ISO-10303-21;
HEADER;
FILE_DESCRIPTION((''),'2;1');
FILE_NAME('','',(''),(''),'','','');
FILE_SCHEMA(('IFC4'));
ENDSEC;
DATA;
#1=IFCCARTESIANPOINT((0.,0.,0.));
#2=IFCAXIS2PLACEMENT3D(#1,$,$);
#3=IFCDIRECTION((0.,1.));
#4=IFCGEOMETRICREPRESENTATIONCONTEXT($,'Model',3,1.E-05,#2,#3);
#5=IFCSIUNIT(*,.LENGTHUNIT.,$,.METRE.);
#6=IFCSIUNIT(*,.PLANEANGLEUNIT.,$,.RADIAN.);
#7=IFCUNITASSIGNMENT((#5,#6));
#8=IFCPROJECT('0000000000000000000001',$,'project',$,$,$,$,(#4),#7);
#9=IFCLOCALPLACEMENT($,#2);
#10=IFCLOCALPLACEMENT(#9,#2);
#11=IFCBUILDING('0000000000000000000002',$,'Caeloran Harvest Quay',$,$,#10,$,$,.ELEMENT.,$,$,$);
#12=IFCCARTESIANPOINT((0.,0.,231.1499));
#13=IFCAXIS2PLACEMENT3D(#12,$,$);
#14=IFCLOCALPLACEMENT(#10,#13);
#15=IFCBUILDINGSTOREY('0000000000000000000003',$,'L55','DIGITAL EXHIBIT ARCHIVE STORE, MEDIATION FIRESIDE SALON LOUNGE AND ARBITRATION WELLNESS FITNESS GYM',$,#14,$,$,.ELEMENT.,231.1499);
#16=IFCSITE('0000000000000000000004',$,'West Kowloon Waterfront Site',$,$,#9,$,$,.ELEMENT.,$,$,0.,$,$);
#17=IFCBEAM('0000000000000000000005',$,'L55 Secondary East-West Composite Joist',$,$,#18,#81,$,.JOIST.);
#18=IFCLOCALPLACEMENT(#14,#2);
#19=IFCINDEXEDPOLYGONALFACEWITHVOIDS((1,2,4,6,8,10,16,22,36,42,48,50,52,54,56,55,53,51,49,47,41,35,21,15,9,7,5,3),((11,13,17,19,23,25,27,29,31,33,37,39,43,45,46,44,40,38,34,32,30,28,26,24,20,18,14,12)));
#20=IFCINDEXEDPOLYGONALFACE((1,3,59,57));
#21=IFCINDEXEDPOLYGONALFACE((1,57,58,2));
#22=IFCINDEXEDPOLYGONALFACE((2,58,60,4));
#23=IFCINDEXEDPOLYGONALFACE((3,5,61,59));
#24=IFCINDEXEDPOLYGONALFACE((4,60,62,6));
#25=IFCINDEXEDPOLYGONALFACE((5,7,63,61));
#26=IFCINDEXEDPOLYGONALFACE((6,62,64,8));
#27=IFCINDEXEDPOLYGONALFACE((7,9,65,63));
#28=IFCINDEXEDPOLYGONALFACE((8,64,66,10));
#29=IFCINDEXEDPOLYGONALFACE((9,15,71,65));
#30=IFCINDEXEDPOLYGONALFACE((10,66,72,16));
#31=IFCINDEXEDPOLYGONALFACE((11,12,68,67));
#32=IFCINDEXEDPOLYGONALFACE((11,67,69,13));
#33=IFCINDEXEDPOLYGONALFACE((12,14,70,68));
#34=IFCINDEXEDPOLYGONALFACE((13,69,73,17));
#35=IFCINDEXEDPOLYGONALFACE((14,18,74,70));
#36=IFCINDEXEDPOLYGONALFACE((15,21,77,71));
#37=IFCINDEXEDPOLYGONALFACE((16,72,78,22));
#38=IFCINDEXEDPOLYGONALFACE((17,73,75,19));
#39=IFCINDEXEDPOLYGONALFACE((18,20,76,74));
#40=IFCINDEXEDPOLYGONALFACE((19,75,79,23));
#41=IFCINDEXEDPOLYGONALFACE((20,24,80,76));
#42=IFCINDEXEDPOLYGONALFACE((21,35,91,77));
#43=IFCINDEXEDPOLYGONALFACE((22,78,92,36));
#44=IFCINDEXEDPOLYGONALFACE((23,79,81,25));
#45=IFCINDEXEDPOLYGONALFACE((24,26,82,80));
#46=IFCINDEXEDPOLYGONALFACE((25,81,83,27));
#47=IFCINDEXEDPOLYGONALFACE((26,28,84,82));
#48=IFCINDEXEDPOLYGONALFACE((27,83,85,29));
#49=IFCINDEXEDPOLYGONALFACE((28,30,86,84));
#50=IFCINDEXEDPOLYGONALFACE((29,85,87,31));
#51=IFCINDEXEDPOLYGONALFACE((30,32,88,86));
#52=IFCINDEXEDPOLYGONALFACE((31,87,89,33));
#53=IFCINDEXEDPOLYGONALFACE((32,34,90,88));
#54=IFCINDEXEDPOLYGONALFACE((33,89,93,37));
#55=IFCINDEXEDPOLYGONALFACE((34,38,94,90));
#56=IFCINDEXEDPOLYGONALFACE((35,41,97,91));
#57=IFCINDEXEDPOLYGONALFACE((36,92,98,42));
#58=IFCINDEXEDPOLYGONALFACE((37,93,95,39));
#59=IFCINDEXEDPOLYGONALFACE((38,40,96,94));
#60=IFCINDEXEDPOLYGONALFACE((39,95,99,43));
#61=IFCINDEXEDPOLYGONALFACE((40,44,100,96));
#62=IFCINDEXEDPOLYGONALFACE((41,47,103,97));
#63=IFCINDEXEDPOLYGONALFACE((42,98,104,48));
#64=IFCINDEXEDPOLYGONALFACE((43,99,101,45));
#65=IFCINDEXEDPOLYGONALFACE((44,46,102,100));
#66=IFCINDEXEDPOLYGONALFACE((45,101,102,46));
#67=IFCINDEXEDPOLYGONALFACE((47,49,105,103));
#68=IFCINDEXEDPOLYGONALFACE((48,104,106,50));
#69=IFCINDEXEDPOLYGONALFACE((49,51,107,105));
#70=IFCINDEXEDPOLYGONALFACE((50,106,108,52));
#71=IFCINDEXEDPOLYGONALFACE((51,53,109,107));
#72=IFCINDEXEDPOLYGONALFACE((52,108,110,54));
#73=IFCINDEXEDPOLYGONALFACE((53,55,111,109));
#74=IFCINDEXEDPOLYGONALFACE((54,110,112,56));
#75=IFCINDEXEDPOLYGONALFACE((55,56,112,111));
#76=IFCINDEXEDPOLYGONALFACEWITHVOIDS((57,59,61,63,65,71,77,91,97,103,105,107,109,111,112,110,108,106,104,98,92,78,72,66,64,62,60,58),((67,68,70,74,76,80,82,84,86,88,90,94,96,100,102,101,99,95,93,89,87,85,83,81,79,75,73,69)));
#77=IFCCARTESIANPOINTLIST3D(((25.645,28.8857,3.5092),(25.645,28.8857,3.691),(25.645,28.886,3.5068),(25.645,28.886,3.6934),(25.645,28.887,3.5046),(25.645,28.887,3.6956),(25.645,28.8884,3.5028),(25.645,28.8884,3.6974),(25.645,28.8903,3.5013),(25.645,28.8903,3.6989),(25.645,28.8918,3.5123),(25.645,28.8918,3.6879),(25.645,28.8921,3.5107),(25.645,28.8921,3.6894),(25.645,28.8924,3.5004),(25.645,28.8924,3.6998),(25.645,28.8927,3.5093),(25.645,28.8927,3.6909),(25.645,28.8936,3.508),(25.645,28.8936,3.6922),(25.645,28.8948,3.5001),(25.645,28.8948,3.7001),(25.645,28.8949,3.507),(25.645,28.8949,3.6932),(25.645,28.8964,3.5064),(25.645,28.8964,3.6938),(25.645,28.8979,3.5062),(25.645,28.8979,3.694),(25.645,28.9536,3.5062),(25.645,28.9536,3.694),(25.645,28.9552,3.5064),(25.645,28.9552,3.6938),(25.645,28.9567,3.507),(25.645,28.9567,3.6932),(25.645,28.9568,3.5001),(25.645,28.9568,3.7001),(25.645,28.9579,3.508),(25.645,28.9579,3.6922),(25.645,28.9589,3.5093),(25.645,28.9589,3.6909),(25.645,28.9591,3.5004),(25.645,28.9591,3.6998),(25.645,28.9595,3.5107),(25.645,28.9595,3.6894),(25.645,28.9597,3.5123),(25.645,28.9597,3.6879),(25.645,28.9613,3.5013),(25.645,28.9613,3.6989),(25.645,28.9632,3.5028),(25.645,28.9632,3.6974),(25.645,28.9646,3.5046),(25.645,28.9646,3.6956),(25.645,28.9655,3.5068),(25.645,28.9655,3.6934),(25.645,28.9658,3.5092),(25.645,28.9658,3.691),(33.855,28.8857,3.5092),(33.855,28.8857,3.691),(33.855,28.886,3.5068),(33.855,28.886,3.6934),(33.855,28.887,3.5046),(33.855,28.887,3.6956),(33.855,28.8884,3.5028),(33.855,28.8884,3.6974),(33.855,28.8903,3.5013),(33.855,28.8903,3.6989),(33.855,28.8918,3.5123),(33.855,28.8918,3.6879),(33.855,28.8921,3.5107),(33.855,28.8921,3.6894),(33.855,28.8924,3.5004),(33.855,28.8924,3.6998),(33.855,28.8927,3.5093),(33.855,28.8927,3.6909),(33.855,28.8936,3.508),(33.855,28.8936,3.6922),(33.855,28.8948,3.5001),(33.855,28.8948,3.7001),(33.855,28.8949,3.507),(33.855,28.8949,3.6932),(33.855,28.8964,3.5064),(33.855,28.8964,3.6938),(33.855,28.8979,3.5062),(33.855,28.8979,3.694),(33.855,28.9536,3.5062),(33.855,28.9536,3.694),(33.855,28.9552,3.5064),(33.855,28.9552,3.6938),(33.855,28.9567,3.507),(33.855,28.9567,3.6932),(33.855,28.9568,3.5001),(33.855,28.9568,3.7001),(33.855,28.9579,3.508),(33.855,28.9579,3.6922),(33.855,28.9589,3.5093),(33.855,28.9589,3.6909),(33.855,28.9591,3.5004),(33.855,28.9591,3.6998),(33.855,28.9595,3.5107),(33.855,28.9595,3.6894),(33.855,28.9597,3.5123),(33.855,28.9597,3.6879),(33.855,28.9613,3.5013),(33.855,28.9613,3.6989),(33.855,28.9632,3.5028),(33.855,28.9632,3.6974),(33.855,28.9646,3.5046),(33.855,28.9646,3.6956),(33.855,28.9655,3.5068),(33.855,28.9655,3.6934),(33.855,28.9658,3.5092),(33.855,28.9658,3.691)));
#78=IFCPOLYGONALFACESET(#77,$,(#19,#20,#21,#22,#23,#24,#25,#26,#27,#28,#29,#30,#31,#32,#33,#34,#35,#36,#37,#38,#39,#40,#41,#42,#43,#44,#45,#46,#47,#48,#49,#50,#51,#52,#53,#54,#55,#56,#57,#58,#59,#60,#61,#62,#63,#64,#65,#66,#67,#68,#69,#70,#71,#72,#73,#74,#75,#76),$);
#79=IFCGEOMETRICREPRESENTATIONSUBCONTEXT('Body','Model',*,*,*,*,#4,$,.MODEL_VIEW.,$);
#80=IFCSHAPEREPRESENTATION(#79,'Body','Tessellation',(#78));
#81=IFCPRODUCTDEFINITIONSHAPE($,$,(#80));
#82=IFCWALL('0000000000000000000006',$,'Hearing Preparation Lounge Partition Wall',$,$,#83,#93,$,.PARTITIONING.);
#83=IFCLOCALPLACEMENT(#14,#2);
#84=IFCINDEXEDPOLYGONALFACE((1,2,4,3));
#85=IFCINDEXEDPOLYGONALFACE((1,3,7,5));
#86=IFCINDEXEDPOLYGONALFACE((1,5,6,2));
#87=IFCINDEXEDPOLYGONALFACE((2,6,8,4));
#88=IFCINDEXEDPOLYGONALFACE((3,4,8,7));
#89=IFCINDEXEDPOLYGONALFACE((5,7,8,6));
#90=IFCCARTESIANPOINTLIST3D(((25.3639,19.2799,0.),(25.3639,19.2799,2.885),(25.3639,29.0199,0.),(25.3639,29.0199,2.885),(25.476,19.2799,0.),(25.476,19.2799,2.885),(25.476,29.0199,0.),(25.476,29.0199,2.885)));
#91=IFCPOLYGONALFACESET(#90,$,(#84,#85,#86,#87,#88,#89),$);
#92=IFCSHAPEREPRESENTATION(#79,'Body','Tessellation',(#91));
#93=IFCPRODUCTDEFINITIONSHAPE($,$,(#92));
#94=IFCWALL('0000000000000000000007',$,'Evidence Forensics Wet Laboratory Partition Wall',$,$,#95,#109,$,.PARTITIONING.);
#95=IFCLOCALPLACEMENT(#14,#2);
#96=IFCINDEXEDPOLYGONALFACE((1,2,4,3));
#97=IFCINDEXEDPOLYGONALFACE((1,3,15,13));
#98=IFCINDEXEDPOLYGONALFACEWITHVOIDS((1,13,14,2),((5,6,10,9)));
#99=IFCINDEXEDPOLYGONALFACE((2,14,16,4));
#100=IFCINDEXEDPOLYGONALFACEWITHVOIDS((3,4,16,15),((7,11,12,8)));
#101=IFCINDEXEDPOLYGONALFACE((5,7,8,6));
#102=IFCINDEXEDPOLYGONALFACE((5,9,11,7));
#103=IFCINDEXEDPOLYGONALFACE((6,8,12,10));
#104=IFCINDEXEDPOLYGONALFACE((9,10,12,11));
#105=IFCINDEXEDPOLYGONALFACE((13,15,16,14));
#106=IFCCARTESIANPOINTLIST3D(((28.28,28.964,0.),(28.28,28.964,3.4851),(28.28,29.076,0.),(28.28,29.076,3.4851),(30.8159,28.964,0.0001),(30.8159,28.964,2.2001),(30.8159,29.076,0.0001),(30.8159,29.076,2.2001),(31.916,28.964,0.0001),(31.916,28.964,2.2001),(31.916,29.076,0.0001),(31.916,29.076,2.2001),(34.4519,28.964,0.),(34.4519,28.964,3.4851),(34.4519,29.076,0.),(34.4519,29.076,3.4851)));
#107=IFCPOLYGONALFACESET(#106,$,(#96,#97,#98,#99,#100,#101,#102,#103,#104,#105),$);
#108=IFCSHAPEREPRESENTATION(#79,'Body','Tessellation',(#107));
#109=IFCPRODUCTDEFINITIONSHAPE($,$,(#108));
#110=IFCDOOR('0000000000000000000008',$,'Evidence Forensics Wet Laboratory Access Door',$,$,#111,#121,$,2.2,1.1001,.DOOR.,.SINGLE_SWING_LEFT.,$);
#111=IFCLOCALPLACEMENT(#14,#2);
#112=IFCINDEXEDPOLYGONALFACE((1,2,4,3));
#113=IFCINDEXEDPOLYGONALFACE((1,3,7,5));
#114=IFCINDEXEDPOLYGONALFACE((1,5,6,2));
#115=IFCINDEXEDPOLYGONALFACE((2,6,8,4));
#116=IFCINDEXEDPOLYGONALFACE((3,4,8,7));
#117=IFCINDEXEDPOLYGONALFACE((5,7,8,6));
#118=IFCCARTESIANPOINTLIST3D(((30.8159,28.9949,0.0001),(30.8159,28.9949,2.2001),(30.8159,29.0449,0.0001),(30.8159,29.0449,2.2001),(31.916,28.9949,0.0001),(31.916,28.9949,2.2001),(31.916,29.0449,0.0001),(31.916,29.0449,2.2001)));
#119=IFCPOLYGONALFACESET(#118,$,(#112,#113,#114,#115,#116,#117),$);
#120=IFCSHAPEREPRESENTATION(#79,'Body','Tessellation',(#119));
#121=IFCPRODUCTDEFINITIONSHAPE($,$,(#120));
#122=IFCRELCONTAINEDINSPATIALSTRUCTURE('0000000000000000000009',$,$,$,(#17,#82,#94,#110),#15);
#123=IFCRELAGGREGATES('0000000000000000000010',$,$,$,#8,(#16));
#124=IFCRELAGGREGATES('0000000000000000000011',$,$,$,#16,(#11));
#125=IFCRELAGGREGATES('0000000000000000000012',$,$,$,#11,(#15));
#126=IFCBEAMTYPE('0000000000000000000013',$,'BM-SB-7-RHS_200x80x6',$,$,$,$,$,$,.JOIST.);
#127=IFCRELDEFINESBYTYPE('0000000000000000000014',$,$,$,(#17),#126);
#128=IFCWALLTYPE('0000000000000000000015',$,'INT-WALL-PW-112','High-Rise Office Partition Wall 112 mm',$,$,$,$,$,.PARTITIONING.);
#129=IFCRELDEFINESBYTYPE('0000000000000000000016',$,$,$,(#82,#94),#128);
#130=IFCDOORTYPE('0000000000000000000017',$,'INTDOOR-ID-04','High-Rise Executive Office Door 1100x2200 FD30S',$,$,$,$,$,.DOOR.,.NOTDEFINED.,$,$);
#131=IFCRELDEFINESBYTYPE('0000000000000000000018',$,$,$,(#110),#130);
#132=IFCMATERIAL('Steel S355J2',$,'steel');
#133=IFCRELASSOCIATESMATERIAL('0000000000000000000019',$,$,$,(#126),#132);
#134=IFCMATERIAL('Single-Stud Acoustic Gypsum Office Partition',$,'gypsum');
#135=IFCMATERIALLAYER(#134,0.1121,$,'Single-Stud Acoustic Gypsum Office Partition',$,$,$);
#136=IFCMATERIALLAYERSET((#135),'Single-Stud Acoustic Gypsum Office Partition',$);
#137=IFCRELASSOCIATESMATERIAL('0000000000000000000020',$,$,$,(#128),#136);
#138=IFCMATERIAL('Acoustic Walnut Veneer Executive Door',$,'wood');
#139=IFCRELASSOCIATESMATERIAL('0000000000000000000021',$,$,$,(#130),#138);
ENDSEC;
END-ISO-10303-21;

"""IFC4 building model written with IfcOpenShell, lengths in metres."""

from ifc_helpers import new_model, si_unit, direction, frame, frame_2d, origin, origin_2d, place, context, subcontext, project, spatial, rectangle, hollow_rectangle, extrude, material, layer, layer_set, material_profile, profile_set, type_object, element, fill, save


model = new_model("IFC4")

# Units and contexts
model_context = context("Model", 3, precision=1e-05, world=origin(), true_north=direction((0.0, 1.0)))
body_context = subcontext(model_context, "Body", "Model", "MODEL_VIEW")
ifc_project = project(units=[si_unit("LENGTHUNIT", "METRE"), si_unit("PLANEANGLEUNIT", "RADIAN")], contexts=[model_context])

# Site, building, storey
site_placement = place(None, origin())
site = spatial("IfcSite", under=ifc_project, at=site_placement, Name="West Kowloon Waterfront Site", CompositionType="ELEMENT", RefElevation=0.0)
building_placement = place(site_placement, origin())
building = spatial("IfcBuilding", under=site, at=building_placement, Name="Caeloran Harvest Quay", CompositionType="ELEMENT")
storey_placement = place(building_placement, frame((0.0, 0.0, 231.1499)))
storey = spatial("IfcBuildingStorey", under=building, at=storey_placement, Name="L55", Description="DIGITAL EXHIBIT ARCHIVE STORE, MEDIATION FIRESIDE SALON LOUNGE AND ARBITRATION WELLNESS FITNESS GYM", CompositionType="ELEMENT", Elevation=231.1499)

# Beam
ifc_material_1 = material(Name="Steel S355J2", Category="steel")
ifc_material_profile_1 = material_profile(ifc_material_1, hollow_rectangle(XDim=0.0801, YDim=0.2, WallThickness=0.0061, InnerFilletRadius=0.0061, OuterFilletRadius=0.009, at=origin_2d()), Name="RHS 200x80x6")
ifc_profile_set_1 = profile_set([ifc_material_profile_1], Name="Steel S355J2")
beam_type_1 = type_object("IfcBeamType", Name="BM-SB-7-RHS_200x80x6", PredefinedType="JOIST", material=ifc_profile_set_1)
for number, where, z_axis, x_axis, name in (
    (1, (25.645, 28.9258, 3.6001), (1.0, 0.0, 0.0), (0.0, 1.0, 0.0), "L55 Secondary East-West Composite Joist"),
):
    element("IfcBeam", number, at=place(storey_placement, frame(where, z_axis=z_axis, x_axis=x_axis)), inside=storey, type_object=beam_type_1, Name=name, PredefinedType="JOIST", context=body_context, shape_type="SweptSolid", body=[
        extrude(hollow_rectangle(XDim=0.0801, YDim=0.2, WallThickness=0.0061, InnerFilletRadius=0.0061, OuterFilletRadius=0.009, at=origin_2d()), origin(), (0.0, 0.0, 1.0), 8.21),
    ])

# Wall
ifc_material_2 = material(Name="Single-Stud Acoustic Gypsum Office Partition", Category="gypsum")
ifc_layer = layer(ifc_material_2, 0.1121, Name="Single-Stud Acoustic Gypsum Office Partition")
ifc_layer_set = layer_set([ifc_layer], Name="Single-Stud Acoustic Gypsum Office Partition")
wall_type = type_object("IfcWallType", Name="INT-WALL-PW-112", Description="High-Rise Office Partition Wall 112 mm", PredefinedType="PARTITIONING", material=ifc_layer_set)
wall_1_placement = place(storey_placement, frame((25.4199, 29.02, 0.0), z_axis=(0.0, 0.0, 1.0), x_axis=(0.0, -1.0, 0.0)))
element("IfcWall", 2, at=wall_1_placement, inside=storey, type_object=wall_type, Name="Hearing Preparation Lounge Partition Wall", PredefinedType="PARTITIONING", context=body_context, shape_type="SweptSolid", body=[
    extrude(rectangle(XDim=9.74, YDim=0.1121, at=frame_2d((4.8701, 0.0))), origin(), (0.0, 0.0, 1.0), 2.885),
])

# Wall, opening, door
wall_2_placement = place(storey_placement, frame((28.28, 29.02, 0.0), z_axis=(0.0, 0.0, 1.0), x_axis=(1.0, 0.0, 0.0)))
wall_2 = element("IfcWall", 3, at=wall_2_placement, inside=storey, type_object=wall_type, Name="Evidence Forensics Wet Laboratory Partition Wall", PredefinedType="PARTITIONING", context=body_context, shape_type="SweptSolid", body=[
    extrude(rectangle(XDim=6.1719, YDim=0.1121, at=frame_2d((3.0859, 0.0))), origin(), (0.0, 0.0, 1.0), 3.4851),
])
opening_placement = place(wall_2_placement, frame((2.5359, 0.0, 0.0)))
opening = element("IfcOpeningElement", 4, at=opening_placement, cuts=wall_2, PredefinedType="OPENING", context=body_context, shape_type="SweptSolid", body=[
    extrude(rectangle(XDim=1.1001, YDim=2.2, at=frame_2d((0.55, 1.1001))), frame((0.0, 0.0659, 0.0), z_axis=(0.0, -1.0, 0.0), x_axis=(1.0, 0.0, 0.0)), (0.0, 0.0, 1.0), 0.1321),
])
ifc_material_3 = material(Name="Acoustic Walnut Veneer Executive Door", Category="wood")
door_type = type_object("IfcDoorType", Name="INTDOOR-ID-04", Description="High-Rise Executive Office Door 1100x2200 FD30S", OperationType="NOTDEFINED", PredefinedType="DOOR", material=ifc_material_3)
door_placement = place(opening_placement, origin())
door = element("IfcDoor", 5, at=door_placement, inside=storey, type_object=door_type, Name="Evidence Forensics Wet Laboratory Access Door", OperationType="SINGLE_SWING_LEFT", OverallHeight=2.2, OverallWidth=1.1001, PredefinedType="DOOR", context=body_context, shape_type="SweptSolid", body=[
    extrude(rectangle(XDim=1.1001, YDim=2.2, at=frame_2d((0.55, 1.1001))), frame((0.0, 0.0249, 0.0), z_axis=(0.0, -1.0, 0.0), x_axis=(1.0, 0.0, 0.0)), (0.0, 0.0, 1.0), 0.05),
])
fill(opening, door)

save(model, "model.ifc")
